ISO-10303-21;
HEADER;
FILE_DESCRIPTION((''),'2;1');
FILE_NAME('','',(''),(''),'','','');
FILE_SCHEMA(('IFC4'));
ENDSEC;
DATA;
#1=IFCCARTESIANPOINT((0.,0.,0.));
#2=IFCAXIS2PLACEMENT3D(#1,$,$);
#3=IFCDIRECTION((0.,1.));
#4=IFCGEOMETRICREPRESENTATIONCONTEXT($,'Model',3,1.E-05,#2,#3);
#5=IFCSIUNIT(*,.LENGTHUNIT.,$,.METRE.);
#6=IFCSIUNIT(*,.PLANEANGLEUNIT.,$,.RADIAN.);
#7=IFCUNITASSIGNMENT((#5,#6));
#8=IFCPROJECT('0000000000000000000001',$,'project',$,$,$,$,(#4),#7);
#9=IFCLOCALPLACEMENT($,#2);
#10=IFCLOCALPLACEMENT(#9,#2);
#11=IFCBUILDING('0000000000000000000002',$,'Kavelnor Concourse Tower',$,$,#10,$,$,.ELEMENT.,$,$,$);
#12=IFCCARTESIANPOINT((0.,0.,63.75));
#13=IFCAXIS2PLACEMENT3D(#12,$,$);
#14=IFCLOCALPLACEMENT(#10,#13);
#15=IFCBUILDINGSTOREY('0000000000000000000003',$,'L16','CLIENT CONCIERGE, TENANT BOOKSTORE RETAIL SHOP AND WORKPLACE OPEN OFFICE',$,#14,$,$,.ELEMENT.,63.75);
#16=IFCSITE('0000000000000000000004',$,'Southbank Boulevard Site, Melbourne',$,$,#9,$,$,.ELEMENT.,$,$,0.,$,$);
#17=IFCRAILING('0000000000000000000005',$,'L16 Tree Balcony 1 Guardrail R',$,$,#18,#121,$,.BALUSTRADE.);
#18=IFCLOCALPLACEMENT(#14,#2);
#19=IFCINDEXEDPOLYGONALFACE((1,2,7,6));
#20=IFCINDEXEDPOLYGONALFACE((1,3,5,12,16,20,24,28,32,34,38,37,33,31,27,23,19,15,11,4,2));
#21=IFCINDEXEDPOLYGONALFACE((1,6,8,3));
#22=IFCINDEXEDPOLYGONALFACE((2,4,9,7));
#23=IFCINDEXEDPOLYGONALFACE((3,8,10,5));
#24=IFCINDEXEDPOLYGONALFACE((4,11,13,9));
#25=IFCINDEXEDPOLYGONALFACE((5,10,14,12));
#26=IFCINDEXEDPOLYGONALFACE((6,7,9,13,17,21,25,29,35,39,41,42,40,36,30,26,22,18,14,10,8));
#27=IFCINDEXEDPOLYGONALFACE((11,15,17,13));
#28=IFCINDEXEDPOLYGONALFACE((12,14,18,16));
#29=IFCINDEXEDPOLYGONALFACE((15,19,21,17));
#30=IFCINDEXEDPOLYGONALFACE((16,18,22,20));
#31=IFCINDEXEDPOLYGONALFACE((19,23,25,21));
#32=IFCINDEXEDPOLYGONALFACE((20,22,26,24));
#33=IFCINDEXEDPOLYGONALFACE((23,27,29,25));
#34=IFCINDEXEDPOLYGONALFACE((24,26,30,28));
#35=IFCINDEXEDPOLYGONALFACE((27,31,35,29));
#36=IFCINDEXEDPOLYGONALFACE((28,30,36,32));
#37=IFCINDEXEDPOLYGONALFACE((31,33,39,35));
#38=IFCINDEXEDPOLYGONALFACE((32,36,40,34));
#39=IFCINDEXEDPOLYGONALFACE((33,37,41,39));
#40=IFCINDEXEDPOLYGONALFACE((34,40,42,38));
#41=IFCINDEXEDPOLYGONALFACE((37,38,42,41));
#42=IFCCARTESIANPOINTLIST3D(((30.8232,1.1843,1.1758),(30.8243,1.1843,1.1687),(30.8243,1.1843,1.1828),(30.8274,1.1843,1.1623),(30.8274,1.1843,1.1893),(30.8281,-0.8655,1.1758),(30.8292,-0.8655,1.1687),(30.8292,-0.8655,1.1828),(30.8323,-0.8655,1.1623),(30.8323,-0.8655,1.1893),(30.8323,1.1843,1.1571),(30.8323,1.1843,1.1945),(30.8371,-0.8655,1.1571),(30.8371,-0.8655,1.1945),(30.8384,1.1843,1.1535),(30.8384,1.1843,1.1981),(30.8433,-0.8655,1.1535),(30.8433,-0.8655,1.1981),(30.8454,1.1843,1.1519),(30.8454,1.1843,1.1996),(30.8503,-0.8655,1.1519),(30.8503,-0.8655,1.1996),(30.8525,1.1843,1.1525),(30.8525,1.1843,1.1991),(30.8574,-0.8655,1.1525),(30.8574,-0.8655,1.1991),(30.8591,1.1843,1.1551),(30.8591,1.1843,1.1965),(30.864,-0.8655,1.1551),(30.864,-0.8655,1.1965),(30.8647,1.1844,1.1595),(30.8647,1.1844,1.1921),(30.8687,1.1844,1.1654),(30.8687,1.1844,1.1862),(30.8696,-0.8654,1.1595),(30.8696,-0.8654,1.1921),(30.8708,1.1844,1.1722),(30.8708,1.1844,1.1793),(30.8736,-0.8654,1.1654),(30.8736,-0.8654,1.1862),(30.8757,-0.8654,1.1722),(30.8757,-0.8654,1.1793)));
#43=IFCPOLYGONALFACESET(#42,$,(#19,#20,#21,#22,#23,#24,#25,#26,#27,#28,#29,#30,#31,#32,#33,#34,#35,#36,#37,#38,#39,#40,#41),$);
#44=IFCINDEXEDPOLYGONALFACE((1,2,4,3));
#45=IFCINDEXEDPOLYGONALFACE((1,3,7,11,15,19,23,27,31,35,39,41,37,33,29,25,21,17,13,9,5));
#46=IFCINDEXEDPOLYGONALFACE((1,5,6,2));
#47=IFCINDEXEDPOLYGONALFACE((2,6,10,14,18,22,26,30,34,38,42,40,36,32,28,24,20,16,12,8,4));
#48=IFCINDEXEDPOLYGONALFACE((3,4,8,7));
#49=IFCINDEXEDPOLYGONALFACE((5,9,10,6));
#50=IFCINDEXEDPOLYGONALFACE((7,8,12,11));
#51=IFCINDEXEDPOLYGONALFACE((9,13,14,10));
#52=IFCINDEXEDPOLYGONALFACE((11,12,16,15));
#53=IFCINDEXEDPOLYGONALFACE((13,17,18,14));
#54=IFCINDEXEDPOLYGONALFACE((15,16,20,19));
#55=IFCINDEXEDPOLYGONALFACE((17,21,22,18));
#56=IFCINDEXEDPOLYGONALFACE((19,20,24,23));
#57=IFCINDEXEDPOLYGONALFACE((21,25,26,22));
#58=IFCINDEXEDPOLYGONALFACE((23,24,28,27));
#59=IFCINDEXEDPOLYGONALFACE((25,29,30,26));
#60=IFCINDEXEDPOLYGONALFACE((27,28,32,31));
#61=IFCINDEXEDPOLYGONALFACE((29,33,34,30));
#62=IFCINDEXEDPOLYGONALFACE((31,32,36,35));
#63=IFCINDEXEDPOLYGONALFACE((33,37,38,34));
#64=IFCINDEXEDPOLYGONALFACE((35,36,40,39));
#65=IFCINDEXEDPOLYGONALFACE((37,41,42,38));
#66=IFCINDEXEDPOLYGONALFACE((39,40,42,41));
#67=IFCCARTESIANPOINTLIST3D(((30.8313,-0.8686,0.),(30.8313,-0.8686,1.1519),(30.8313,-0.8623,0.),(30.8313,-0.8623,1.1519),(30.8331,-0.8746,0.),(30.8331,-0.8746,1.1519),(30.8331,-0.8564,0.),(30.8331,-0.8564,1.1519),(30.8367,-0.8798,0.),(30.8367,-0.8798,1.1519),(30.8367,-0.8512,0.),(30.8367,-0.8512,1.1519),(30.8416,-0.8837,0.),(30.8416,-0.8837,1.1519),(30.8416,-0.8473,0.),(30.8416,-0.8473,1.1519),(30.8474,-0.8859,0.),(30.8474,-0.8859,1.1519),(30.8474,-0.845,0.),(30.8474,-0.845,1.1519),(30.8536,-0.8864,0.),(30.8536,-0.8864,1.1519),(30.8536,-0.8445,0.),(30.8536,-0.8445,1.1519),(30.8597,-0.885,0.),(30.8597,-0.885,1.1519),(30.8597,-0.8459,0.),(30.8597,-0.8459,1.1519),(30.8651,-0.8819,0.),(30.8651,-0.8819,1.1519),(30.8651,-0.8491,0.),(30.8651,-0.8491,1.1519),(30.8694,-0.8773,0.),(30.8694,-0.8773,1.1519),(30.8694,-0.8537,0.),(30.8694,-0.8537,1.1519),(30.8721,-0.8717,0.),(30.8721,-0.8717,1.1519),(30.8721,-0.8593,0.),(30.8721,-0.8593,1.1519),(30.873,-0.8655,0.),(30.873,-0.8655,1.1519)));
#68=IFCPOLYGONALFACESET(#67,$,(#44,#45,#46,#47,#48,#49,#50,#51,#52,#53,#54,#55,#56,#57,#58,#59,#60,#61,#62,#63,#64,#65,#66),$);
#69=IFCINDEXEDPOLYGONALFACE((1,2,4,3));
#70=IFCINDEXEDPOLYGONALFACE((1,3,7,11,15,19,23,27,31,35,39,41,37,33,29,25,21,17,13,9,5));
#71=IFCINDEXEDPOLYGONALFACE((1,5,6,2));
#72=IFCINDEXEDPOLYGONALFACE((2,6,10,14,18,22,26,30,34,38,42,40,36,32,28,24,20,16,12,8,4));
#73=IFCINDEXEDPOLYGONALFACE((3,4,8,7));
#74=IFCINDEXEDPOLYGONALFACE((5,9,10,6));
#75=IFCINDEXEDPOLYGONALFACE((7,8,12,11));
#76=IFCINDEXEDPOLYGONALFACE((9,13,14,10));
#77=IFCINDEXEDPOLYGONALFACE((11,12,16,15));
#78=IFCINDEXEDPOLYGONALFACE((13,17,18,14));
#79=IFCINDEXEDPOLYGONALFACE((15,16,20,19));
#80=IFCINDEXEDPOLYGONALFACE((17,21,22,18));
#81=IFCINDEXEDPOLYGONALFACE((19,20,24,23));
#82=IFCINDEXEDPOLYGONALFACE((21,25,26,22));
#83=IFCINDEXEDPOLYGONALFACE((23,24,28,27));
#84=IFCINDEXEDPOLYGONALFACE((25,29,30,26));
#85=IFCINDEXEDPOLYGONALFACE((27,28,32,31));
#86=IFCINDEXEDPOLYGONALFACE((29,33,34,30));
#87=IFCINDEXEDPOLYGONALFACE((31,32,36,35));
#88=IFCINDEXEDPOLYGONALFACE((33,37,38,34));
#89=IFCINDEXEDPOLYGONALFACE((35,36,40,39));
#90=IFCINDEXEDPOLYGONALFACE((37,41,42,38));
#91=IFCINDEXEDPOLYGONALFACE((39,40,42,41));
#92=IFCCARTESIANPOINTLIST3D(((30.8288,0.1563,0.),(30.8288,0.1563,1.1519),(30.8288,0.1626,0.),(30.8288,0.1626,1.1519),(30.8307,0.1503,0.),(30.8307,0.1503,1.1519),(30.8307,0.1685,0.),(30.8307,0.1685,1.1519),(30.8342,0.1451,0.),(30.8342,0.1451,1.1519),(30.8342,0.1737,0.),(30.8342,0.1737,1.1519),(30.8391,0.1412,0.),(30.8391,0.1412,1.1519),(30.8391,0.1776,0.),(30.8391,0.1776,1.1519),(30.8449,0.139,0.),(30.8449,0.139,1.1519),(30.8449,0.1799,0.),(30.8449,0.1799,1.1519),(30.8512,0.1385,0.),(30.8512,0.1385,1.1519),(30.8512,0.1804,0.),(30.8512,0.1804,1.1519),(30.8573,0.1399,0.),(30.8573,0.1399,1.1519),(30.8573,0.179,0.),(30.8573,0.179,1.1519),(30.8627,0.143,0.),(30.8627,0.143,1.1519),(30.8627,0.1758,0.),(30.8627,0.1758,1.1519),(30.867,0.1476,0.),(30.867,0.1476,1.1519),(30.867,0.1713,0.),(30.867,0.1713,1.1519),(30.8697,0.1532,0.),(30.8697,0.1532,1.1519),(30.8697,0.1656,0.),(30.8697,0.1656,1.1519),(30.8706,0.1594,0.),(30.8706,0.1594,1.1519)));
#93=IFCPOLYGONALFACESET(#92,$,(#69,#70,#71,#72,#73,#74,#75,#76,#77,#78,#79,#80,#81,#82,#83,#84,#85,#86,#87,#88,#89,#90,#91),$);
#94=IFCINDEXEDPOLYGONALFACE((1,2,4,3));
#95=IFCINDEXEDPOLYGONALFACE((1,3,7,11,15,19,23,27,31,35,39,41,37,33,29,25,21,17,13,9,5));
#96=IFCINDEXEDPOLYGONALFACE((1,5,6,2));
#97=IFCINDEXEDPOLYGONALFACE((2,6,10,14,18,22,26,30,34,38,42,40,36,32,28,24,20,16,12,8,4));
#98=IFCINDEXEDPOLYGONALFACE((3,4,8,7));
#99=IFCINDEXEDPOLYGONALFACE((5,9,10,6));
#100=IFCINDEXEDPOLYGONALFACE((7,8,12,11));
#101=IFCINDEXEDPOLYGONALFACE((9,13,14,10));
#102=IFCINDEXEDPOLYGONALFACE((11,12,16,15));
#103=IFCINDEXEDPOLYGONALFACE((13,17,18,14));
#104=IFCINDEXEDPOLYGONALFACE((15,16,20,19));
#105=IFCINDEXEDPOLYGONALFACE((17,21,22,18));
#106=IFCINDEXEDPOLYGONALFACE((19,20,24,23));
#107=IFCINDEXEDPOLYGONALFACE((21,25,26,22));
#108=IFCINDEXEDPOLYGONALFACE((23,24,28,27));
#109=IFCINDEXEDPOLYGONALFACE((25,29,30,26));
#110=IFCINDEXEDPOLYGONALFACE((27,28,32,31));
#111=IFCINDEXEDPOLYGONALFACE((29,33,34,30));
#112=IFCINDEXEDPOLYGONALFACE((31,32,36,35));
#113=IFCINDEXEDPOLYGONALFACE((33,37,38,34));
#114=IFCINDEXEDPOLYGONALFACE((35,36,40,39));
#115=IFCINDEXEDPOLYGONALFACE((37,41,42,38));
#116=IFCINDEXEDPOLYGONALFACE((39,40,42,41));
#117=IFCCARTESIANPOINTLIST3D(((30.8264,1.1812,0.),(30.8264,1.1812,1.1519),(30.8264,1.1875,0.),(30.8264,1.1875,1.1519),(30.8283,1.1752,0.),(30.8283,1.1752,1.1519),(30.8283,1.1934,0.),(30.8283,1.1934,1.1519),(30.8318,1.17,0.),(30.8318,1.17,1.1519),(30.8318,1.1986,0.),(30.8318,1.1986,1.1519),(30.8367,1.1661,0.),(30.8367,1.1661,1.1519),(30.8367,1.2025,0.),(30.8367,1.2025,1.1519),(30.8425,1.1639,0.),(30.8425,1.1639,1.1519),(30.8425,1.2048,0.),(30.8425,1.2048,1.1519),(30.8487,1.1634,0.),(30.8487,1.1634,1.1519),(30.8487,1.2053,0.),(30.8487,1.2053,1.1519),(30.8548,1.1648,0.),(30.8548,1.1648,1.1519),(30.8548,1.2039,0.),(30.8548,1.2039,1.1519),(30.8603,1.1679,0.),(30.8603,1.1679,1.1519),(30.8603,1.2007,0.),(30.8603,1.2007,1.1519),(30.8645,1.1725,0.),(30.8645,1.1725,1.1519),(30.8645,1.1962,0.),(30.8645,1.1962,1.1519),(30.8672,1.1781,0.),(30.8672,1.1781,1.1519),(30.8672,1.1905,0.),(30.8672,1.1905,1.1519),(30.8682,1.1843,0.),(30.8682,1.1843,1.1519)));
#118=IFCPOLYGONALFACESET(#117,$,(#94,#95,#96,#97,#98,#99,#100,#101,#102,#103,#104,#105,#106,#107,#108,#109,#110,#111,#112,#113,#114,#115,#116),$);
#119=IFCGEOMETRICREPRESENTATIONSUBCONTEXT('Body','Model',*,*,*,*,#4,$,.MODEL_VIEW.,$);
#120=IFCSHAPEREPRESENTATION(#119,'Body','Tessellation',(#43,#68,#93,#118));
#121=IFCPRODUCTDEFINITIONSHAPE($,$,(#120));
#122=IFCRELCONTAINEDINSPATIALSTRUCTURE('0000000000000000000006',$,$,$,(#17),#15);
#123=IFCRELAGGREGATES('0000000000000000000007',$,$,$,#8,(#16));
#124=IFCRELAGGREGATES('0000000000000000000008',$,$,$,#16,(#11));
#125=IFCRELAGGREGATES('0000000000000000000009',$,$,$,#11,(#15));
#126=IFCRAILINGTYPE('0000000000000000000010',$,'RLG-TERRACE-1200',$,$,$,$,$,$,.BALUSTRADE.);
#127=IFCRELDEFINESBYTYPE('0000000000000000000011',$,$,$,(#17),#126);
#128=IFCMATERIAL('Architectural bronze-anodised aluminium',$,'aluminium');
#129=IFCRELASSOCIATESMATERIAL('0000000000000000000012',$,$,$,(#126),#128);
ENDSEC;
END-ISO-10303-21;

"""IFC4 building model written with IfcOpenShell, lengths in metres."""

from ifc_helpers import new_model, si_unit, direction, frame, origin, origin_2d, place, context, subcontext, project, spatial, circle, extrude, material, type_object, element, save


model = new_model("IFC4")

# Units and contexts
model_context = context("Model", 3, precision=1e-05, world=origin(), true_north=direction((0.0, 1.0)))
body_context = subcontext(model_context, "Body", "Model", "MODEL_VIEW")
ifc_project = project(units=[si_unit("LENGTHUNIT", "METRE"), si_unit("PLANEANGLEUNIT", "RADIAN")], contexts=[model_context])

# Site, building, storey
site_placement = place(None, origin())
site = spatial("IfcSite", under=ifc_project, at=site_placement, Name="Southbank Boulevard Site, Melbourne", CompositionType="ELEMENT", RefElevation=0.0)
building_placement = place(site_placement, origin())
building = spatial("IfcBuilding", under=site, at=building_placement, Name="Kavelnor Concourse Tower", CompositionType="ELEMENT")
storey_placement = place(building_placement, frame((0.0, 0.0, 63.75)))
storey = spatial("IfcBuildingStorey", under=building, at=storey_placement, Name="L16", Description="CLIENT CONCIERGE, TENANT BOOKSTORE RETAIL SHOP AND WORKPLACE OPEN OFFICE", CompositionType="ELEMENT", Elevation=63.75)

# Railing
ifc_material_1 = material(Name="Architectural bronze-anodised aluminium", Category="aluminium")
railing_type = type_object("IfcRailingType", Name="RLG-TERRACE-1200", PredefinedType="BALUSTRADE", material=ifc_material_1)
railing_1_placement = place(storey_placement, frame((30.8521, -0.8655, 0.0)))
element("IfcRailing", 1, at=railing_1_placement, inside=storey, type_object=railing_type, Name="L16 Tree Balcony 1 Guardrail R", PredefinedType="BALUSTRADE", context=body_context, shape_type="SweptSolid", body=[
    extrude(circle(Radius=0.0239, at=origin_2d()), frame((0.0, 0.0, 1.1758), z_axis=(-0.002382, 0.999997, 0.0), x_axis=(-0.999997, -0.002382, 0.0)), (0.0, 0.0, 1.0), 2.0498),
    extrude(circle(Radius=0.021, at=origin_2d()), origin(), (0.0, 0.0, 1.0), 1.1519),
    extrude(circle(Radius=0.021, at=origin_2d()), frame((-0.0024, 1.0249, 0.0)), (0.0, 0.0, 1.0), 1.1519),
    extrude(circle(Radius=0.021, at=origin_2d()), frame((-0.0049, 2.0498, 0.0)), (0.0, 0.0, 1.0), 1.1519),
])

save(model, "model.ifc")
